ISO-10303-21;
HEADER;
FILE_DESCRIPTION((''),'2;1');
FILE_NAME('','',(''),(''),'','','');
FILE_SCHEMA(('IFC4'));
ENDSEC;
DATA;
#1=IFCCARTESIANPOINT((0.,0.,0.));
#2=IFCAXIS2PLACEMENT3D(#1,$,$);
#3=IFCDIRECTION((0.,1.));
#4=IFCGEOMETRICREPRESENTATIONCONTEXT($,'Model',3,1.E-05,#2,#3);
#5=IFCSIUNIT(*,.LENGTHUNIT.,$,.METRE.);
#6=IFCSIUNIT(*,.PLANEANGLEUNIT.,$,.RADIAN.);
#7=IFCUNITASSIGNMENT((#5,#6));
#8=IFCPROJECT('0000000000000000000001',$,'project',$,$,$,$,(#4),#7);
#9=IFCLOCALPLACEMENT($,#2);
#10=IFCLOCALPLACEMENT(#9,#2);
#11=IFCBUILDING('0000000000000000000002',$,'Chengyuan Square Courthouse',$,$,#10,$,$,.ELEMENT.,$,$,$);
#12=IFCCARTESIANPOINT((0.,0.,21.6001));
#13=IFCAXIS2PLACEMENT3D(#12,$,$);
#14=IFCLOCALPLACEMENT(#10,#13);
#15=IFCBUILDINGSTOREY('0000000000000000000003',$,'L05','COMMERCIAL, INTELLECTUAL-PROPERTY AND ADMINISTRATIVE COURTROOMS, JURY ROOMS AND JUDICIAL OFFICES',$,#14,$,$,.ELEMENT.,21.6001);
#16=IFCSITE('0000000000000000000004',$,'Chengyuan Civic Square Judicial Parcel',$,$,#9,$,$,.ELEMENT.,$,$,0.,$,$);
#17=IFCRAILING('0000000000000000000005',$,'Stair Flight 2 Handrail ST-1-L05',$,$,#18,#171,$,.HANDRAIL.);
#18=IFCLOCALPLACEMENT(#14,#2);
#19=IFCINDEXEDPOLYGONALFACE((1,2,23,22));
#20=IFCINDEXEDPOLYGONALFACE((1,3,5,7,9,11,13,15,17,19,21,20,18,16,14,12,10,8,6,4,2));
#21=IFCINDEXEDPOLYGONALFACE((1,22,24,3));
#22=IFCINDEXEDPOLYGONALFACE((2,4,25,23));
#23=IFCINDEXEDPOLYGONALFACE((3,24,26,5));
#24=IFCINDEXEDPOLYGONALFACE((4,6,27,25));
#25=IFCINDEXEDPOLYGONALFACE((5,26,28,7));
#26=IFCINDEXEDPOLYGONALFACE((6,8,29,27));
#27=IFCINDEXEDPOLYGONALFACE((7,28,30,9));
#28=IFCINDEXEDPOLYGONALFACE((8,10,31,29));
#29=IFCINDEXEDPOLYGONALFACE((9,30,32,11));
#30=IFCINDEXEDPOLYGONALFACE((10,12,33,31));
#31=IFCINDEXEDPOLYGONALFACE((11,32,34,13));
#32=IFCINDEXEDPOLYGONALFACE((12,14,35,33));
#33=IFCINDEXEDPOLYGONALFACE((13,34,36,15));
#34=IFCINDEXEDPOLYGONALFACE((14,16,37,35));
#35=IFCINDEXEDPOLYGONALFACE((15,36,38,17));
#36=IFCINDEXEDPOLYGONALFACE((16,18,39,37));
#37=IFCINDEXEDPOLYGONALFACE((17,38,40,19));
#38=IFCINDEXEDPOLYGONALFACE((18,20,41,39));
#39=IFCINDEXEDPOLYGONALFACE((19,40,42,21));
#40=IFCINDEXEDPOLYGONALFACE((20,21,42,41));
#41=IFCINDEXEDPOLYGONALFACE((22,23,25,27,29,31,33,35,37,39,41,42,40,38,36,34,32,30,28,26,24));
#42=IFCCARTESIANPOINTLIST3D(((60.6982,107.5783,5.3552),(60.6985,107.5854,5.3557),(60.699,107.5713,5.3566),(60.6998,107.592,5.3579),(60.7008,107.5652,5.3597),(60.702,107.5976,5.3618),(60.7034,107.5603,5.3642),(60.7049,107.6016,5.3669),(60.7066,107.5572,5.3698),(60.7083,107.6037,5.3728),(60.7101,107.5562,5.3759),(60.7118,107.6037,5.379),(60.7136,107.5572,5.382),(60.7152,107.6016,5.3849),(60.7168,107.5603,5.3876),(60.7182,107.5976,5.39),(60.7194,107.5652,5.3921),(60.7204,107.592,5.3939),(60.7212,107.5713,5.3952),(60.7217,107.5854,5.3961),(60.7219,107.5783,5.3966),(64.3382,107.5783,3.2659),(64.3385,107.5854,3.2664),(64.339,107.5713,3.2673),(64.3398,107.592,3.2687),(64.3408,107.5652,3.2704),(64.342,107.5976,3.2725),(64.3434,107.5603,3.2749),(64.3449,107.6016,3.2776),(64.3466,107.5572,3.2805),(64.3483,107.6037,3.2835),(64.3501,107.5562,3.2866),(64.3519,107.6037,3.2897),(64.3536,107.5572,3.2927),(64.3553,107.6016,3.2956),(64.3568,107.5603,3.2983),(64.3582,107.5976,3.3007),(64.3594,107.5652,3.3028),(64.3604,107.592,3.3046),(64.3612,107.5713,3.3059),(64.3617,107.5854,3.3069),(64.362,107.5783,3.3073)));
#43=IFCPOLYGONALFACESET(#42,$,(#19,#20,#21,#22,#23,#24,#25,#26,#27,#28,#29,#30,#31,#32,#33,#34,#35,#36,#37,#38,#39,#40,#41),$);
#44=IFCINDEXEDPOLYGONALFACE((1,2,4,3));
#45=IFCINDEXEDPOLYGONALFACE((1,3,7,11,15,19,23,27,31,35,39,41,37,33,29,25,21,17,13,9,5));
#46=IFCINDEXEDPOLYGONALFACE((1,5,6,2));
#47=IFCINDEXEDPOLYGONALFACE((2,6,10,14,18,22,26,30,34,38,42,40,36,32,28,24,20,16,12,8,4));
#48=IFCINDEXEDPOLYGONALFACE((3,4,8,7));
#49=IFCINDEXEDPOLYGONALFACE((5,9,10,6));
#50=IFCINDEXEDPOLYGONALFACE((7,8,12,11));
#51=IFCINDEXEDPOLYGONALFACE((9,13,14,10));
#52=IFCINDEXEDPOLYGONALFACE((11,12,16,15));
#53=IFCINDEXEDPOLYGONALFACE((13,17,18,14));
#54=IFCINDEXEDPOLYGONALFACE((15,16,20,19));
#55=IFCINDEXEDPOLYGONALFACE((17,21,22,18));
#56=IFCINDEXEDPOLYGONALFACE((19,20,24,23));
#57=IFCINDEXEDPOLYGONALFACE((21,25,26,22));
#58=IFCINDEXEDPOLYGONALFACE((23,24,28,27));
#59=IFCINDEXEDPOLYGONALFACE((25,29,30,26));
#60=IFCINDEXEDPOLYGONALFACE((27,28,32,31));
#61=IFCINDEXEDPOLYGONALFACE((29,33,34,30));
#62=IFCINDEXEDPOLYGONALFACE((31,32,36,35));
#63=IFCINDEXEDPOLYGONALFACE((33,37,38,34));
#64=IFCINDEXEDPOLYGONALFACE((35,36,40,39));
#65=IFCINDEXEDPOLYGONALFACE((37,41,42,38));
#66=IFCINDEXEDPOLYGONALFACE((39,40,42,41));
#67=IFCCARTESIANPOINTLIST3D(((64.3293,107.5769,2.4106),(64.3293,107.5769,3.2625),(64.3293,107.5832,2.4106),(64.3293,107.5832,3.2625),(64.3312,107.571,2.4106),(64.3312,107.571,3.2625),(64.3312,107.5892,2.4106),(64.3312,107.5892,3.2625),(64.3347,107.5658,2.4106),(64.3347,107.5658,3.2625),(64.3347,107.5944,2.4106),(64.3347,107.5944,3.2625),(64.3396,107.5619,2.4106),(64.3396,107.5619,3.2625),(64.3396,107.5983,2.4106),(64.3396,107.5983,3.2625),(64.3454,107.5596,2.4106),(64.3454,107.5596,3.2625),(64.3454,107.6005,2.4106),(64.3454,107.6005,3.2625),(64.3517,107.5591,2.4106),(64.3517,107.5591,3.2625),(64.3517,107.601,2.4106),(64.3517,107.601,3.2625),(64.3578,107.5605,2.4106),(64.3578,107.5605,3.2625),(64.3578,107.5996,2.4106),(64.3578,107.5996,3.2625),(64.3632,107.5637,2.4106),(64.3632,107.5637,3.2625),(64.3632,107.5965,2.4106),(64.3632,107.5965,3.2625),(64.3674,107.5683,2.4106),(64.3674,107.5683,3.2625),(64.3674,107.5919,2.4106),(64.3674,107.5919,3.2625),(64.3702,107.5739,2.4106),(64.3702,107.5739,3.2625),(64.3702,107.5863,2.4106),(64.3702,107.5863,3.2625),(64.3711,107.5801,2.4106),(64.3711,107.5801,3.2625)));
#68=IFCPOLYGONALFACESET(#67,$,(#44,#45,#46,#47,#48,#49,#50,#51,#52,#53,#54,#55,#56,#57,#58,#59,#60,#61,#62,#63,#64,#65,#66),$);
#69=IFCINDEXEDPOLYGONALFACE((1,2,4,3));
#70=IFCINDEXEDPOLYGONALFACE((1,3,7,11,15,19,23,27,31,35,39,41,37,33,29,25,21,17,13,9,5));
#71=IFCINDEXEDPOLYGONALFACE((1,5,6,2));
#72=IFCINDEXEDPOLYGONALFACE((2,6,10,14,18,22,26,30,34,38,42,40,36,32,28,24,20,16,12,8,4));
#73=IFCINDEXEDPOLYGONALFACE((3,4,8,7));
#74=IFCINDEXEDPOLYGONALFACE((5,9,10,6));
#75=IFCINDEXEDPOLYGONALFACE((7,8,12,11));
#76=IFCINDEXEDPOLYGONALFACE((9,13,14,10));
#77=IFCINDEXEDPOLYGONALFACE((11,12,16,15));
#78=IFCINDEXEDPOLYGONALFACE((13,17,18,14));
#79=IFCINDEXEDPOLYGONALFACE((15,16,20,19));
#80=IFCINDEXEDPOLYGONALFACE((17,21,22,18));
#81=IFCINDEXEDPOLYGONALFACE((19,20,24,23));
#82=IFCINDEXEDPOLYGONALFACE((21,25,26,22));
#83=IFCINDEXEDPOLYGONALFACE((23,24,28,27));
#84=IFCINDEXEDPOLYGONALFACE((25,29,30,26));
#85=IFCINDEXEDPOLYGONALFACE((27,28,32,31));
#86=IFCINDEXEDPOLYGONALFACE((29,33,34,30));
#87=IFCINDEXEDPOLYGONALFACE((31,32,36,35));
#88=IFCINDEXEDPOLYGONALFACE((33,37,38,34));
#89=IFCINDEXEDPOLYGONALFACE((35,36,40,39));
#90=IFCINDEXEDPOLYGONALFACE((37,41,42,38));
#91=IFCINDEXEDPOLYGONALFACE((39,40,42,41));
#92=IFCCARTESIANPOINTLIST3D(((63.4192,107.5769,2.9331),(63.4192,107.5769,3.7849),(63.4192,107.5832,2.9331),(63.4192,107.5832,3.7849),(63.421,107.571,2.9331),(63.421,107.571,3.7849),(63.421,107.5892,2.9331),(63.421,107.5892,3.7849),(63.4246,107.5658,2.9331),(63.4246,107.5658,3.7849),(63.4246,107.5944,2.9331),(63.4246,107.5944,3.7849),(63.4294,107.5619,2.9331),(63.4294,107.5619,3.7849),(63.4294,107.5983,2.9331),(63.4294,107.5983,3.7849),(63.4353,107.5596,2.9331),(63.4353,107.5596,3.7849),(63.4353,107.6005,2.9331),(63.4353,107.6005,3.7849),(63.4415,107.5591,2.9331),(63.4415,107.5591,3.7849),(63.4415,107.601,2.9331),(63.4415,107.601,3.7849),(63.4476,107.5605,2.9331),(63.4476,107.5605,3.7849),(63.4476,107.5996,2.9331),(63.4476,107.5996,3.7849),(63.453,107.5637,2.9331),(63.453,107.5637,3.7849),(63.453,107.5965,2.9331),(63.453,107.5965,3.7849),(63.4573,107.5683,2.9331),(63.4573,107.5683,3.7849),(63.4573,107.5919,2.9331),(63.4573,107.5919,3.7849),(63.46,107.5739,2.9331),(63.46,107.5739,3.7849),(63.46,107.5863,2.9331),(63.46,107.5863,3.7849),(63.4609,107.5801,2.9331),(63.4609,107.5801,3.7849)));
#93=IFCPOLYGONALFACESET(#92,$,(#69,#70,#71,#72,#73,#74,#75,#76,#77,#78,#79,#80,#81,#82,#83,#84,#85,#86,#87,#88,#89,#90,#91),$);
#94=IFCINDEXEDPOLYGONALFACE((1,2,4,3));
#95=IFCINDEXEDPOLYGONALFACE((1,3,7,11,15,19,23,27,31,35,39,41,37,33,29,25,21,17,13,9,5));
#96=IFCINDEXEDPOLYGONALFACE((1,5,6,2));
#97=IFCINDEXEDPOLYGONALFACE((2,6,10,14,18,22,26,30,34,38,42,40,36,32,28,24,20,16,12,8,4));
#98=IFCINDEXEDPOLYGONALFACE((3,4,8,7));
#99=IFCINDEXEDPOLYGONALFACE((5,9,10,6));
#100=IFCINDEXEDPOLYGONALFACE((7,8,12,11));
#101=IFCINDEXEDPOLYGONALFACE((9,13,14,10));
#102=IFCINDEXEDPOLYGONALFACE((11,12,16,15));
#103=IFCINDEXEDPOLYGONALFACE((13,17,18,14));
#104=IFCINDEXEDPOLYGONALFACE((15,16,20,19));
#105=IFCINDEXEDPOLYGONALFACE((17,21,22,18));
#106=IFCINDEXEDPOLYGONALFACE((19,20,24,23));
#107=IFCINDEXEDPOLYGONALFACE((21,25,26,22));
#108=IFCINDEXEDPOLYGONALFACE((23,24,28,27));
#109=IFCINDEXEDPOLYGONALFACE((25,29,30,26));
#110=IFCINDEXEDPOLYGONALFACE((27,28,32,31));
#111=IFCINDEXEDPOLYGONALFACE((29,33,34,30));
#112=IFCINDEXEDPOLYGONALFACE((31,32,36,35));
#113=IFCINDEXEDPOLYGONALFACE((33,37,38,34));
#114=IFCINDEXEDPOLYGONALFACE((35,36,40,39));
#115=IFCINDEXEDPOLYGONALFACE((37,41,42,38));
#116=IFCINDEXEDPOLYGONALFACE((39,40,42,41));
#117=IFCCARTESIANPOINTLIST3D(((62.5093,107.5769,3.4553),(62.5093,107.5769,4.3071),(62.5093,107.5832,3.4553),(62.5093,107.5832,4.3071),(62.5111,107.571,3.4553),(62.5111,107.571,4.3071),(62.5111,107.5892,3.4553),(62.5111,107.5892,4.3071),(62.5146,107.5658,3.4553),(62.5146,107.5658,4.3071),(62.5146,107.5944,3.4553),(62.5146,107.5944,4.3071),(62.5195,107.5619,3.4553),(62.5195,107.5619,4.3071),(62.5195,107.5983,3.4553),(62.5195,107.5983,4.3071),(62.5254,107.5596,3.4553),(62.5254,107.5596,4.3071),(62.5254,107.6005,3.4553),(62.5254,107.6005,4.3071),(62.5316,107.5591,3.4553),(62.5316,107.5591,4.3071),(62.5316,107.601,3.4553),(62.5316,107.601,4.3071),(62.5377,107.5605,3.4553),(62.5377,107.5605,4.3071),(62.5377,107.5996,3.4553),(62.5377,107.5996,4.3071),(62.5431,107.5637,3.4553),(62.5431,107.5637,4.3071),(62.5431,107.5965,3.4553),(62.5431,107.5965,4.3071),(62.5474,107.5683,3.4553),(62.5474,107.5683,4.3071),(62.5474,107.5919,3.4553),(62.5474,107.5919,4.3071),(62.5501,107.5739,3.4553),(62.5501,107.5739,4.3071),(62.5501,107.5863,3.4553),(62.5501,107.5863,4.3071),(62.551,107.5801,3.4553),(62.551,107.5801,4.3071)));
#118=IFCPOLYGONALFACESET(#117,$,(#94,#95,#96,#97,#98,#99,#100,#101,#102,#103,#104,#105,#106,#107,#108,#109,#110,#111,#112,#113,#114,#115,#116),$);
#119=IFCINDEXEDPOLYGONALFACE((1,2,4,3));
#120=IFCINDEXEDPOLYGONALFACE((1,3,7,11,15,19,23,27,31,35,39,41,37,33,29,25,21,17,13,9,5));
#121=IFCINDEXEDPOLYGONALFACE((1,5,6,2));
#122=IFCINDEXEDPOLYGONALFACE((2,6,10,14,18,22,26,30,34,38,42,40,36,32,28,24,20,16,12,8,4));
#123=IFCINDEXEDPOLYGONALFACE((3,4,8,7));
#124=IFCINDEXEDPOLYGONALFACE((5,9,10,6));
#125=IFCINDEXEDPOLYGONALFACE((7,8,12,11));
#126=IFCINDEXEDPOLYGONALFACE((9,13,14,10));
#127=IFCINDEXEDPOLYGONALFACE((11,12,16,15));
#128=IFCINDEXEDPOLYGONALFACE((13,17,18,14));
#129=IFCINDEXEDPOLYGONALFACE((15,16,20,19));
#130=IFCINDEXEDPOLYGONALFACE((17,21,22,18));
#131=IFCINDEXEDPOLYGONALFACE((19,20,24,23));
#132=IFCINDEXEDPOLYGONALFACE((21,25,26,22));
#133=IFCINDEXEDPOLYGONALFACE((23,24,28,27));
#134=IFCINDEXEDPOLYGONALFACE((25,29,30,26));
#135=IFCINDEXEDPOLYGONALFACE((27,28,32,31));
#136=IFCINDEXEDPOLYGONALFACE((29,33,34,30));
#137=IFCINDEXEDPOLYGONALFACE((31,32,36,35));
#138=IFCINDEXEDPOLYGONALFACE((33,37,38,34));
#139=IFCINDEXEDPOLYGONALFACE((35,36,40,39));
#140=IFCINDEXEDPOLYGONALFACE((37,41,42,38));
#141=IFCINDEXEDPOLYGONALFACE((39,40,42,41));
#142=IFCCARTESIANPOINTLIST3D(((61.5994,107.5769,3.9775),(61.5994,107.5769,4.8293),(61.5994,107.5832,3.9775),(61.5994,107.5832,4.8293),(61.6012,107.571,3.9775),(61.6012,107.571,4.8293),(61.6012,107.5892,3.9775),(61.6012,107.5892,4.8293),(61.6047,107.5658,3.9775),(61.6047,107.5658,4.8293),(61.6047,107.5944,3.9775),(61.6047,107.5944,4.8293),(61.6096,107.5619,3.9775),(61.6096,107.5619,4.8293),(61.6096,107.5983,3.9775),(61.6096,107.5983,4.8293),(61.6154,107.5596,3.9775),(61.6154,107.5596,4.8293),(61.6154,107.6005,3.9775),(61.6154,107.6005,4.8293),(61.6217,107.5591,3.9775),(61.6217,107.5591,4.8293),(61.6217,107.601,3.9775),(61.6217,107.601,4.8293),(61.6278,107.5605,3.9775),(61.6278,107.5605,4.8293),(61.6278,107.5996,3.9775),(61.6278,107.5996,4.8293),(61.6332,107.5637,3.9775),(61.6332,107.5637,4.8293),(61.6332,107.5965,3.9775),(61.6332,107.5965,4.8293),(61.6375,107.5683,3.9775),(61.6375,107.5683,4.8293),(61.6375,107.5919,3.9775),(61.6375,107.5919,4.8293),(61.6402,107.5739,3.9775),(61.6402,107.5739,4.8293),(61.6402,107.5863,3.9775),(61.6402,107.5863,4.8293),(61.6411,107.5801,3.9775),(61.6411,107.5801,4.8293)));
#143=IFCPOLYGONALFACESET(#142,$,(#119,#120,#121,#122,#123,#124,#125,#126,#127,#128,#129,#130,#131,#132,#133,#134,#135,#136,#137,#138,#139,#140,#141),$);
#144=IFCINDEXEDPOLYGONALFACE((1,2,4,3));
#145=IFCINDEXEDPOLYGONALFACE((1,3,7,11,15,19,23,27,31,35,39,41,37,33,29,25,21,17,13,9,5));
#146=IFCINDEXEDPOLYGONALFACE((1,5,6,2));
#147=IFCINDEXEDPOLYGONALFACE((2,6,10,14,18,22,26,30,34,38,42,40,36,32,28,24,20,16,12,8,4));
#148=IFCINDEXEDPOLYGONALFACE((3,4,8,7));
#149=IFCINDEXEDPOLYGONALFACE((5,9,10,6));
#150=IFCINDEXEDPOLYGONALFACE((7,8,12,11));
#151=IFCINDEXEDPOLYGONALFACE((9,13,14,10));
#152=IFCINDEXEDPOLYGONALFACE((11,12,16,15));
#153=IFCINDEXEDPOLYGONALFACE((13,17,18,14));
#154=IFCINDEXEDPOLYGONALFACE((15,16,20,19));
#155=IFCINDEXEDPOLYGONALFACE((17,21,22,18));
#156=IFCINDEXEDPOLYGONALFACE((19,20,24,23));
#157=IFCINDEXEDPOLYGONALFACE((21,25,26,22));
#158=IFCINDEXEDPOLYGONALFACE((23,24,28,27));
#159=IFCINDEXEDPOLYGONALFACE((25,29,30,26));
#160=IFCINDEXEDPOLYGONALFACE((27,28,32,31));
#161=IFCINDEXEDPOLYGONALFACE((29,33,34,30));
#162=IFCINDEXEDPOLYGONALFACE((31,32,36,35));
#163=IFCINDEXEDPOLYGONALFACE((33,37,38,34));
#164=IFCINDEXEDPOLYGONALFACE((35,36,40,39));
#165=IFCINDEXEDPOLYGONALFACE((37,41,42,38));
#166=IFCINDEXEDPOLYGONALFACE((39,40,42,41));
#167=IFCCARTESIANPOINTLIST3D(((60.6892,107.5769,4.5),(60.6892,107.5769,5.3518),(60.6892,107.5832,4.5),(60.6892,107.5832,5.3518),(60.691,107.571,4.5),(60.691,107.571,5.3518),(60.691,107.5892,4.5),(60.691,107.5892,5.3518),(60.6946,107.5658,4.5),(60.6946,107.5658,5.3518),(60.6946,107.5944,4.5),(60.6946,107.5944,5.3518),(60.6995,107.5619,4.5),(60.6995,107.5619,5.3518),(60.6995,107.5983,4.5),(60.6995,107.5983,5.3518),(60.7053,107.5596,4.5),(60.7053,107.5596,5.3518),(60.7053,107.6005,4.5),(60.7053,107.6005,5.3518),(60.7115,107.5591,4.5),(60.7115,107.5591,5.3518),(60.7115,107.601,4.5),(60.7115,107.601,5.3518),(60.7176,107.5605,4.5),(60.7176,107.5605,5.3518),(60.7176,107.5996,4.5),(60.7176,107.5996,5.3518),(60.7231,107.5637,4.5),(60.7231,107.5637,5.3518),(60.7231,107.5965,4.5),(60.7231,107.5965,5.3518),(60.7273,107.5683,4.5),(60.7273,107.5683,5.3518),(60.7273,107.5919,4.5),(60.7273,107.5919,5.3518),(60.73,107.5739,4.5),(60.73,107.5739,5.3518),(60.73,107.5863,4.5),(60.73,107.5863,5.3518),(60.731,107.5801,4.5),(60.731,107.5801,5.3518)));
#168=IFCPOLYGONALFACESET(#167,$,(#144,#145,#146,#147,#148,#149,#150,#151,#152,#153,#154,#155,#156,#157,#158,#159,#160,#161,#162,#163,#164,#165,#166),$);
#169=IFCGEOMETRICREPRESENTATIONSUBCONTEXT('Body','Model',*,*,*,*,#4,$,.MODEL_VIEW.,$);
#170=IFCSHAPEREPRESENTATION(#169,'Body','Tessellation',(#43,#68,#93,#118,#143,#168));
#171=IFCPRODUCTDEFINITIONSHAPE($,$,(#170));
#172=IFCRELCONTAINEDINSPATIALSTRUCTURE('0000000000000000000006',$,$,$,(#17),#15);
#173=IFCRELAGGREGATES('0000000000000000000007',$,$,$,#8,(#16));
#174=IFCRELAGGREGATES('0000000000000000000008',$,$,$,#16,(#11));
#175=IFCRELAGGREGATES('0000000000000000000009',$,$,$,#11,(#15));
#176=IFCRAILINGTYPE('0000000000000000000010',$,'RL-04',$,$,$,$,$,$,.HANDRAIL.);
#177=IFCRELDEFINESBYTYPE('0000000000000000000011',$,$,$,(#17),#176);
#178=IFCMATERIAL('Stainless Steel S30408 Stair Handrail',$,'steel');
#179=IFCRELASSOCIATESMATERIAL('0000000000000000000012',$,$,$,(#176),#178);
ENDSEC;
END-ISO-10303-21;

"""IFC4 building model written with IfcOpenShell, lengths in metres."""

from ifc_helpers import new_model, si_unit, direction, frame, origin, origin_2d, place, context, subcontext, project, spatial, circle, extrude, material, type_object, element, save


model = new_model("IFC4")

# Units and contexts
model_context = context("Model", 3, precision=1e-05, world=origin(), true_north=direction((0.0, 1.0)))
body_context = subcontext(model_context, "Body", "Model", "MODEL_VIEW")
ifc_project = project(units=[si_unit("LENGTHUNIT", "METRE"), si_unit("PLANEANGLEUNIT", "RADIAN")], contexts=[model_context])

# Site, building, storey
site_placement = place(None, origin())
site = spatial("IfcSite", under=ifc_project, at=site_placement, Name="Chengyuan Civic Square Judicial Parcel", CompositionType="ELEMENT", RefElevation=0.0)
building_placement = place(site_placement, origin())
building = spatial("IfcBuilding", under=site, at=building_placement, Name="Chengyuan Square Courthouse", CompositionType="ELEMENT")
storey_placement = place(building_placement, frame((0.0, 0.0, 21.6001)))
storey = spatial("IfcBuildingStorey", under=building, at=storey_placement, Name="L05", Description="COMMERCIAL, INTELLECTUAL-PROPERTY AND ADMINISTRATIVE COURTROOMS, JURY ROOMS AND JUDICIAL OFFICES", CompositionType="ELEMENT", Elevation=21.6001)

# Railing
ifc_material_1 = material(Name="Stainless Steel S30408 Stair Handrail", Category="steel")
railing_type_1 = type_object("IfcRailingType", Name="RL-04", PredefinedType="HANDRAIL", material=ifc_material_1)
railing_1_placement = place(storey_placement, frame((64.3501, 107.5801, 2.4106)))
element("IfcRailing", 1, at=railing_1_placement, inside=storey, type_object=railing_type_1, Name="Stair Flight 2 Handrail ST-1-L05", PredefinedType="HANDRAIL", context=body_context, shape_type="SweptSolid", body=[
    extrude(circle(Radius=0.0239, at=origin_2d()), frame((0.0, 0.0, 0.876), z_axis=(-0.867289, 0.0, 0.497804), x_axis=(0.0, -1.0, 0.0)), (0.0, 0.0, 1.0), 4.197),
    extrude(circle(Radius=0.021, at=origin_2d()), origin(), (0.0, 0.0, 1.0), 0.8518),
    extrude(circle(Radius=0.021, at=origin_2d()), frame((-0.9102, 0.0, 0.5225)), (0.0, 0.0, 1.0), 0.8518),
    extrude(circle(Radius=0.021, at=origin_2d()), frame((-1.8201, 0.0, 1.0447)), (0.0, 0.0, 1.0), 0.8518),
    extrude(circle(Radius=0.021, at=origin_2d()), frame((-2.73, 0.0, 1.5669)), (0.0, 0.0, 1.0), 0.8518),
    extrude(circle(Radius=0.021, at=origin_2d()), frame((-3.6401, 0.0, 2.0894)), (0.0, 0.0, 1.0), 0.8518),
])

save(model, "model.ifc")
